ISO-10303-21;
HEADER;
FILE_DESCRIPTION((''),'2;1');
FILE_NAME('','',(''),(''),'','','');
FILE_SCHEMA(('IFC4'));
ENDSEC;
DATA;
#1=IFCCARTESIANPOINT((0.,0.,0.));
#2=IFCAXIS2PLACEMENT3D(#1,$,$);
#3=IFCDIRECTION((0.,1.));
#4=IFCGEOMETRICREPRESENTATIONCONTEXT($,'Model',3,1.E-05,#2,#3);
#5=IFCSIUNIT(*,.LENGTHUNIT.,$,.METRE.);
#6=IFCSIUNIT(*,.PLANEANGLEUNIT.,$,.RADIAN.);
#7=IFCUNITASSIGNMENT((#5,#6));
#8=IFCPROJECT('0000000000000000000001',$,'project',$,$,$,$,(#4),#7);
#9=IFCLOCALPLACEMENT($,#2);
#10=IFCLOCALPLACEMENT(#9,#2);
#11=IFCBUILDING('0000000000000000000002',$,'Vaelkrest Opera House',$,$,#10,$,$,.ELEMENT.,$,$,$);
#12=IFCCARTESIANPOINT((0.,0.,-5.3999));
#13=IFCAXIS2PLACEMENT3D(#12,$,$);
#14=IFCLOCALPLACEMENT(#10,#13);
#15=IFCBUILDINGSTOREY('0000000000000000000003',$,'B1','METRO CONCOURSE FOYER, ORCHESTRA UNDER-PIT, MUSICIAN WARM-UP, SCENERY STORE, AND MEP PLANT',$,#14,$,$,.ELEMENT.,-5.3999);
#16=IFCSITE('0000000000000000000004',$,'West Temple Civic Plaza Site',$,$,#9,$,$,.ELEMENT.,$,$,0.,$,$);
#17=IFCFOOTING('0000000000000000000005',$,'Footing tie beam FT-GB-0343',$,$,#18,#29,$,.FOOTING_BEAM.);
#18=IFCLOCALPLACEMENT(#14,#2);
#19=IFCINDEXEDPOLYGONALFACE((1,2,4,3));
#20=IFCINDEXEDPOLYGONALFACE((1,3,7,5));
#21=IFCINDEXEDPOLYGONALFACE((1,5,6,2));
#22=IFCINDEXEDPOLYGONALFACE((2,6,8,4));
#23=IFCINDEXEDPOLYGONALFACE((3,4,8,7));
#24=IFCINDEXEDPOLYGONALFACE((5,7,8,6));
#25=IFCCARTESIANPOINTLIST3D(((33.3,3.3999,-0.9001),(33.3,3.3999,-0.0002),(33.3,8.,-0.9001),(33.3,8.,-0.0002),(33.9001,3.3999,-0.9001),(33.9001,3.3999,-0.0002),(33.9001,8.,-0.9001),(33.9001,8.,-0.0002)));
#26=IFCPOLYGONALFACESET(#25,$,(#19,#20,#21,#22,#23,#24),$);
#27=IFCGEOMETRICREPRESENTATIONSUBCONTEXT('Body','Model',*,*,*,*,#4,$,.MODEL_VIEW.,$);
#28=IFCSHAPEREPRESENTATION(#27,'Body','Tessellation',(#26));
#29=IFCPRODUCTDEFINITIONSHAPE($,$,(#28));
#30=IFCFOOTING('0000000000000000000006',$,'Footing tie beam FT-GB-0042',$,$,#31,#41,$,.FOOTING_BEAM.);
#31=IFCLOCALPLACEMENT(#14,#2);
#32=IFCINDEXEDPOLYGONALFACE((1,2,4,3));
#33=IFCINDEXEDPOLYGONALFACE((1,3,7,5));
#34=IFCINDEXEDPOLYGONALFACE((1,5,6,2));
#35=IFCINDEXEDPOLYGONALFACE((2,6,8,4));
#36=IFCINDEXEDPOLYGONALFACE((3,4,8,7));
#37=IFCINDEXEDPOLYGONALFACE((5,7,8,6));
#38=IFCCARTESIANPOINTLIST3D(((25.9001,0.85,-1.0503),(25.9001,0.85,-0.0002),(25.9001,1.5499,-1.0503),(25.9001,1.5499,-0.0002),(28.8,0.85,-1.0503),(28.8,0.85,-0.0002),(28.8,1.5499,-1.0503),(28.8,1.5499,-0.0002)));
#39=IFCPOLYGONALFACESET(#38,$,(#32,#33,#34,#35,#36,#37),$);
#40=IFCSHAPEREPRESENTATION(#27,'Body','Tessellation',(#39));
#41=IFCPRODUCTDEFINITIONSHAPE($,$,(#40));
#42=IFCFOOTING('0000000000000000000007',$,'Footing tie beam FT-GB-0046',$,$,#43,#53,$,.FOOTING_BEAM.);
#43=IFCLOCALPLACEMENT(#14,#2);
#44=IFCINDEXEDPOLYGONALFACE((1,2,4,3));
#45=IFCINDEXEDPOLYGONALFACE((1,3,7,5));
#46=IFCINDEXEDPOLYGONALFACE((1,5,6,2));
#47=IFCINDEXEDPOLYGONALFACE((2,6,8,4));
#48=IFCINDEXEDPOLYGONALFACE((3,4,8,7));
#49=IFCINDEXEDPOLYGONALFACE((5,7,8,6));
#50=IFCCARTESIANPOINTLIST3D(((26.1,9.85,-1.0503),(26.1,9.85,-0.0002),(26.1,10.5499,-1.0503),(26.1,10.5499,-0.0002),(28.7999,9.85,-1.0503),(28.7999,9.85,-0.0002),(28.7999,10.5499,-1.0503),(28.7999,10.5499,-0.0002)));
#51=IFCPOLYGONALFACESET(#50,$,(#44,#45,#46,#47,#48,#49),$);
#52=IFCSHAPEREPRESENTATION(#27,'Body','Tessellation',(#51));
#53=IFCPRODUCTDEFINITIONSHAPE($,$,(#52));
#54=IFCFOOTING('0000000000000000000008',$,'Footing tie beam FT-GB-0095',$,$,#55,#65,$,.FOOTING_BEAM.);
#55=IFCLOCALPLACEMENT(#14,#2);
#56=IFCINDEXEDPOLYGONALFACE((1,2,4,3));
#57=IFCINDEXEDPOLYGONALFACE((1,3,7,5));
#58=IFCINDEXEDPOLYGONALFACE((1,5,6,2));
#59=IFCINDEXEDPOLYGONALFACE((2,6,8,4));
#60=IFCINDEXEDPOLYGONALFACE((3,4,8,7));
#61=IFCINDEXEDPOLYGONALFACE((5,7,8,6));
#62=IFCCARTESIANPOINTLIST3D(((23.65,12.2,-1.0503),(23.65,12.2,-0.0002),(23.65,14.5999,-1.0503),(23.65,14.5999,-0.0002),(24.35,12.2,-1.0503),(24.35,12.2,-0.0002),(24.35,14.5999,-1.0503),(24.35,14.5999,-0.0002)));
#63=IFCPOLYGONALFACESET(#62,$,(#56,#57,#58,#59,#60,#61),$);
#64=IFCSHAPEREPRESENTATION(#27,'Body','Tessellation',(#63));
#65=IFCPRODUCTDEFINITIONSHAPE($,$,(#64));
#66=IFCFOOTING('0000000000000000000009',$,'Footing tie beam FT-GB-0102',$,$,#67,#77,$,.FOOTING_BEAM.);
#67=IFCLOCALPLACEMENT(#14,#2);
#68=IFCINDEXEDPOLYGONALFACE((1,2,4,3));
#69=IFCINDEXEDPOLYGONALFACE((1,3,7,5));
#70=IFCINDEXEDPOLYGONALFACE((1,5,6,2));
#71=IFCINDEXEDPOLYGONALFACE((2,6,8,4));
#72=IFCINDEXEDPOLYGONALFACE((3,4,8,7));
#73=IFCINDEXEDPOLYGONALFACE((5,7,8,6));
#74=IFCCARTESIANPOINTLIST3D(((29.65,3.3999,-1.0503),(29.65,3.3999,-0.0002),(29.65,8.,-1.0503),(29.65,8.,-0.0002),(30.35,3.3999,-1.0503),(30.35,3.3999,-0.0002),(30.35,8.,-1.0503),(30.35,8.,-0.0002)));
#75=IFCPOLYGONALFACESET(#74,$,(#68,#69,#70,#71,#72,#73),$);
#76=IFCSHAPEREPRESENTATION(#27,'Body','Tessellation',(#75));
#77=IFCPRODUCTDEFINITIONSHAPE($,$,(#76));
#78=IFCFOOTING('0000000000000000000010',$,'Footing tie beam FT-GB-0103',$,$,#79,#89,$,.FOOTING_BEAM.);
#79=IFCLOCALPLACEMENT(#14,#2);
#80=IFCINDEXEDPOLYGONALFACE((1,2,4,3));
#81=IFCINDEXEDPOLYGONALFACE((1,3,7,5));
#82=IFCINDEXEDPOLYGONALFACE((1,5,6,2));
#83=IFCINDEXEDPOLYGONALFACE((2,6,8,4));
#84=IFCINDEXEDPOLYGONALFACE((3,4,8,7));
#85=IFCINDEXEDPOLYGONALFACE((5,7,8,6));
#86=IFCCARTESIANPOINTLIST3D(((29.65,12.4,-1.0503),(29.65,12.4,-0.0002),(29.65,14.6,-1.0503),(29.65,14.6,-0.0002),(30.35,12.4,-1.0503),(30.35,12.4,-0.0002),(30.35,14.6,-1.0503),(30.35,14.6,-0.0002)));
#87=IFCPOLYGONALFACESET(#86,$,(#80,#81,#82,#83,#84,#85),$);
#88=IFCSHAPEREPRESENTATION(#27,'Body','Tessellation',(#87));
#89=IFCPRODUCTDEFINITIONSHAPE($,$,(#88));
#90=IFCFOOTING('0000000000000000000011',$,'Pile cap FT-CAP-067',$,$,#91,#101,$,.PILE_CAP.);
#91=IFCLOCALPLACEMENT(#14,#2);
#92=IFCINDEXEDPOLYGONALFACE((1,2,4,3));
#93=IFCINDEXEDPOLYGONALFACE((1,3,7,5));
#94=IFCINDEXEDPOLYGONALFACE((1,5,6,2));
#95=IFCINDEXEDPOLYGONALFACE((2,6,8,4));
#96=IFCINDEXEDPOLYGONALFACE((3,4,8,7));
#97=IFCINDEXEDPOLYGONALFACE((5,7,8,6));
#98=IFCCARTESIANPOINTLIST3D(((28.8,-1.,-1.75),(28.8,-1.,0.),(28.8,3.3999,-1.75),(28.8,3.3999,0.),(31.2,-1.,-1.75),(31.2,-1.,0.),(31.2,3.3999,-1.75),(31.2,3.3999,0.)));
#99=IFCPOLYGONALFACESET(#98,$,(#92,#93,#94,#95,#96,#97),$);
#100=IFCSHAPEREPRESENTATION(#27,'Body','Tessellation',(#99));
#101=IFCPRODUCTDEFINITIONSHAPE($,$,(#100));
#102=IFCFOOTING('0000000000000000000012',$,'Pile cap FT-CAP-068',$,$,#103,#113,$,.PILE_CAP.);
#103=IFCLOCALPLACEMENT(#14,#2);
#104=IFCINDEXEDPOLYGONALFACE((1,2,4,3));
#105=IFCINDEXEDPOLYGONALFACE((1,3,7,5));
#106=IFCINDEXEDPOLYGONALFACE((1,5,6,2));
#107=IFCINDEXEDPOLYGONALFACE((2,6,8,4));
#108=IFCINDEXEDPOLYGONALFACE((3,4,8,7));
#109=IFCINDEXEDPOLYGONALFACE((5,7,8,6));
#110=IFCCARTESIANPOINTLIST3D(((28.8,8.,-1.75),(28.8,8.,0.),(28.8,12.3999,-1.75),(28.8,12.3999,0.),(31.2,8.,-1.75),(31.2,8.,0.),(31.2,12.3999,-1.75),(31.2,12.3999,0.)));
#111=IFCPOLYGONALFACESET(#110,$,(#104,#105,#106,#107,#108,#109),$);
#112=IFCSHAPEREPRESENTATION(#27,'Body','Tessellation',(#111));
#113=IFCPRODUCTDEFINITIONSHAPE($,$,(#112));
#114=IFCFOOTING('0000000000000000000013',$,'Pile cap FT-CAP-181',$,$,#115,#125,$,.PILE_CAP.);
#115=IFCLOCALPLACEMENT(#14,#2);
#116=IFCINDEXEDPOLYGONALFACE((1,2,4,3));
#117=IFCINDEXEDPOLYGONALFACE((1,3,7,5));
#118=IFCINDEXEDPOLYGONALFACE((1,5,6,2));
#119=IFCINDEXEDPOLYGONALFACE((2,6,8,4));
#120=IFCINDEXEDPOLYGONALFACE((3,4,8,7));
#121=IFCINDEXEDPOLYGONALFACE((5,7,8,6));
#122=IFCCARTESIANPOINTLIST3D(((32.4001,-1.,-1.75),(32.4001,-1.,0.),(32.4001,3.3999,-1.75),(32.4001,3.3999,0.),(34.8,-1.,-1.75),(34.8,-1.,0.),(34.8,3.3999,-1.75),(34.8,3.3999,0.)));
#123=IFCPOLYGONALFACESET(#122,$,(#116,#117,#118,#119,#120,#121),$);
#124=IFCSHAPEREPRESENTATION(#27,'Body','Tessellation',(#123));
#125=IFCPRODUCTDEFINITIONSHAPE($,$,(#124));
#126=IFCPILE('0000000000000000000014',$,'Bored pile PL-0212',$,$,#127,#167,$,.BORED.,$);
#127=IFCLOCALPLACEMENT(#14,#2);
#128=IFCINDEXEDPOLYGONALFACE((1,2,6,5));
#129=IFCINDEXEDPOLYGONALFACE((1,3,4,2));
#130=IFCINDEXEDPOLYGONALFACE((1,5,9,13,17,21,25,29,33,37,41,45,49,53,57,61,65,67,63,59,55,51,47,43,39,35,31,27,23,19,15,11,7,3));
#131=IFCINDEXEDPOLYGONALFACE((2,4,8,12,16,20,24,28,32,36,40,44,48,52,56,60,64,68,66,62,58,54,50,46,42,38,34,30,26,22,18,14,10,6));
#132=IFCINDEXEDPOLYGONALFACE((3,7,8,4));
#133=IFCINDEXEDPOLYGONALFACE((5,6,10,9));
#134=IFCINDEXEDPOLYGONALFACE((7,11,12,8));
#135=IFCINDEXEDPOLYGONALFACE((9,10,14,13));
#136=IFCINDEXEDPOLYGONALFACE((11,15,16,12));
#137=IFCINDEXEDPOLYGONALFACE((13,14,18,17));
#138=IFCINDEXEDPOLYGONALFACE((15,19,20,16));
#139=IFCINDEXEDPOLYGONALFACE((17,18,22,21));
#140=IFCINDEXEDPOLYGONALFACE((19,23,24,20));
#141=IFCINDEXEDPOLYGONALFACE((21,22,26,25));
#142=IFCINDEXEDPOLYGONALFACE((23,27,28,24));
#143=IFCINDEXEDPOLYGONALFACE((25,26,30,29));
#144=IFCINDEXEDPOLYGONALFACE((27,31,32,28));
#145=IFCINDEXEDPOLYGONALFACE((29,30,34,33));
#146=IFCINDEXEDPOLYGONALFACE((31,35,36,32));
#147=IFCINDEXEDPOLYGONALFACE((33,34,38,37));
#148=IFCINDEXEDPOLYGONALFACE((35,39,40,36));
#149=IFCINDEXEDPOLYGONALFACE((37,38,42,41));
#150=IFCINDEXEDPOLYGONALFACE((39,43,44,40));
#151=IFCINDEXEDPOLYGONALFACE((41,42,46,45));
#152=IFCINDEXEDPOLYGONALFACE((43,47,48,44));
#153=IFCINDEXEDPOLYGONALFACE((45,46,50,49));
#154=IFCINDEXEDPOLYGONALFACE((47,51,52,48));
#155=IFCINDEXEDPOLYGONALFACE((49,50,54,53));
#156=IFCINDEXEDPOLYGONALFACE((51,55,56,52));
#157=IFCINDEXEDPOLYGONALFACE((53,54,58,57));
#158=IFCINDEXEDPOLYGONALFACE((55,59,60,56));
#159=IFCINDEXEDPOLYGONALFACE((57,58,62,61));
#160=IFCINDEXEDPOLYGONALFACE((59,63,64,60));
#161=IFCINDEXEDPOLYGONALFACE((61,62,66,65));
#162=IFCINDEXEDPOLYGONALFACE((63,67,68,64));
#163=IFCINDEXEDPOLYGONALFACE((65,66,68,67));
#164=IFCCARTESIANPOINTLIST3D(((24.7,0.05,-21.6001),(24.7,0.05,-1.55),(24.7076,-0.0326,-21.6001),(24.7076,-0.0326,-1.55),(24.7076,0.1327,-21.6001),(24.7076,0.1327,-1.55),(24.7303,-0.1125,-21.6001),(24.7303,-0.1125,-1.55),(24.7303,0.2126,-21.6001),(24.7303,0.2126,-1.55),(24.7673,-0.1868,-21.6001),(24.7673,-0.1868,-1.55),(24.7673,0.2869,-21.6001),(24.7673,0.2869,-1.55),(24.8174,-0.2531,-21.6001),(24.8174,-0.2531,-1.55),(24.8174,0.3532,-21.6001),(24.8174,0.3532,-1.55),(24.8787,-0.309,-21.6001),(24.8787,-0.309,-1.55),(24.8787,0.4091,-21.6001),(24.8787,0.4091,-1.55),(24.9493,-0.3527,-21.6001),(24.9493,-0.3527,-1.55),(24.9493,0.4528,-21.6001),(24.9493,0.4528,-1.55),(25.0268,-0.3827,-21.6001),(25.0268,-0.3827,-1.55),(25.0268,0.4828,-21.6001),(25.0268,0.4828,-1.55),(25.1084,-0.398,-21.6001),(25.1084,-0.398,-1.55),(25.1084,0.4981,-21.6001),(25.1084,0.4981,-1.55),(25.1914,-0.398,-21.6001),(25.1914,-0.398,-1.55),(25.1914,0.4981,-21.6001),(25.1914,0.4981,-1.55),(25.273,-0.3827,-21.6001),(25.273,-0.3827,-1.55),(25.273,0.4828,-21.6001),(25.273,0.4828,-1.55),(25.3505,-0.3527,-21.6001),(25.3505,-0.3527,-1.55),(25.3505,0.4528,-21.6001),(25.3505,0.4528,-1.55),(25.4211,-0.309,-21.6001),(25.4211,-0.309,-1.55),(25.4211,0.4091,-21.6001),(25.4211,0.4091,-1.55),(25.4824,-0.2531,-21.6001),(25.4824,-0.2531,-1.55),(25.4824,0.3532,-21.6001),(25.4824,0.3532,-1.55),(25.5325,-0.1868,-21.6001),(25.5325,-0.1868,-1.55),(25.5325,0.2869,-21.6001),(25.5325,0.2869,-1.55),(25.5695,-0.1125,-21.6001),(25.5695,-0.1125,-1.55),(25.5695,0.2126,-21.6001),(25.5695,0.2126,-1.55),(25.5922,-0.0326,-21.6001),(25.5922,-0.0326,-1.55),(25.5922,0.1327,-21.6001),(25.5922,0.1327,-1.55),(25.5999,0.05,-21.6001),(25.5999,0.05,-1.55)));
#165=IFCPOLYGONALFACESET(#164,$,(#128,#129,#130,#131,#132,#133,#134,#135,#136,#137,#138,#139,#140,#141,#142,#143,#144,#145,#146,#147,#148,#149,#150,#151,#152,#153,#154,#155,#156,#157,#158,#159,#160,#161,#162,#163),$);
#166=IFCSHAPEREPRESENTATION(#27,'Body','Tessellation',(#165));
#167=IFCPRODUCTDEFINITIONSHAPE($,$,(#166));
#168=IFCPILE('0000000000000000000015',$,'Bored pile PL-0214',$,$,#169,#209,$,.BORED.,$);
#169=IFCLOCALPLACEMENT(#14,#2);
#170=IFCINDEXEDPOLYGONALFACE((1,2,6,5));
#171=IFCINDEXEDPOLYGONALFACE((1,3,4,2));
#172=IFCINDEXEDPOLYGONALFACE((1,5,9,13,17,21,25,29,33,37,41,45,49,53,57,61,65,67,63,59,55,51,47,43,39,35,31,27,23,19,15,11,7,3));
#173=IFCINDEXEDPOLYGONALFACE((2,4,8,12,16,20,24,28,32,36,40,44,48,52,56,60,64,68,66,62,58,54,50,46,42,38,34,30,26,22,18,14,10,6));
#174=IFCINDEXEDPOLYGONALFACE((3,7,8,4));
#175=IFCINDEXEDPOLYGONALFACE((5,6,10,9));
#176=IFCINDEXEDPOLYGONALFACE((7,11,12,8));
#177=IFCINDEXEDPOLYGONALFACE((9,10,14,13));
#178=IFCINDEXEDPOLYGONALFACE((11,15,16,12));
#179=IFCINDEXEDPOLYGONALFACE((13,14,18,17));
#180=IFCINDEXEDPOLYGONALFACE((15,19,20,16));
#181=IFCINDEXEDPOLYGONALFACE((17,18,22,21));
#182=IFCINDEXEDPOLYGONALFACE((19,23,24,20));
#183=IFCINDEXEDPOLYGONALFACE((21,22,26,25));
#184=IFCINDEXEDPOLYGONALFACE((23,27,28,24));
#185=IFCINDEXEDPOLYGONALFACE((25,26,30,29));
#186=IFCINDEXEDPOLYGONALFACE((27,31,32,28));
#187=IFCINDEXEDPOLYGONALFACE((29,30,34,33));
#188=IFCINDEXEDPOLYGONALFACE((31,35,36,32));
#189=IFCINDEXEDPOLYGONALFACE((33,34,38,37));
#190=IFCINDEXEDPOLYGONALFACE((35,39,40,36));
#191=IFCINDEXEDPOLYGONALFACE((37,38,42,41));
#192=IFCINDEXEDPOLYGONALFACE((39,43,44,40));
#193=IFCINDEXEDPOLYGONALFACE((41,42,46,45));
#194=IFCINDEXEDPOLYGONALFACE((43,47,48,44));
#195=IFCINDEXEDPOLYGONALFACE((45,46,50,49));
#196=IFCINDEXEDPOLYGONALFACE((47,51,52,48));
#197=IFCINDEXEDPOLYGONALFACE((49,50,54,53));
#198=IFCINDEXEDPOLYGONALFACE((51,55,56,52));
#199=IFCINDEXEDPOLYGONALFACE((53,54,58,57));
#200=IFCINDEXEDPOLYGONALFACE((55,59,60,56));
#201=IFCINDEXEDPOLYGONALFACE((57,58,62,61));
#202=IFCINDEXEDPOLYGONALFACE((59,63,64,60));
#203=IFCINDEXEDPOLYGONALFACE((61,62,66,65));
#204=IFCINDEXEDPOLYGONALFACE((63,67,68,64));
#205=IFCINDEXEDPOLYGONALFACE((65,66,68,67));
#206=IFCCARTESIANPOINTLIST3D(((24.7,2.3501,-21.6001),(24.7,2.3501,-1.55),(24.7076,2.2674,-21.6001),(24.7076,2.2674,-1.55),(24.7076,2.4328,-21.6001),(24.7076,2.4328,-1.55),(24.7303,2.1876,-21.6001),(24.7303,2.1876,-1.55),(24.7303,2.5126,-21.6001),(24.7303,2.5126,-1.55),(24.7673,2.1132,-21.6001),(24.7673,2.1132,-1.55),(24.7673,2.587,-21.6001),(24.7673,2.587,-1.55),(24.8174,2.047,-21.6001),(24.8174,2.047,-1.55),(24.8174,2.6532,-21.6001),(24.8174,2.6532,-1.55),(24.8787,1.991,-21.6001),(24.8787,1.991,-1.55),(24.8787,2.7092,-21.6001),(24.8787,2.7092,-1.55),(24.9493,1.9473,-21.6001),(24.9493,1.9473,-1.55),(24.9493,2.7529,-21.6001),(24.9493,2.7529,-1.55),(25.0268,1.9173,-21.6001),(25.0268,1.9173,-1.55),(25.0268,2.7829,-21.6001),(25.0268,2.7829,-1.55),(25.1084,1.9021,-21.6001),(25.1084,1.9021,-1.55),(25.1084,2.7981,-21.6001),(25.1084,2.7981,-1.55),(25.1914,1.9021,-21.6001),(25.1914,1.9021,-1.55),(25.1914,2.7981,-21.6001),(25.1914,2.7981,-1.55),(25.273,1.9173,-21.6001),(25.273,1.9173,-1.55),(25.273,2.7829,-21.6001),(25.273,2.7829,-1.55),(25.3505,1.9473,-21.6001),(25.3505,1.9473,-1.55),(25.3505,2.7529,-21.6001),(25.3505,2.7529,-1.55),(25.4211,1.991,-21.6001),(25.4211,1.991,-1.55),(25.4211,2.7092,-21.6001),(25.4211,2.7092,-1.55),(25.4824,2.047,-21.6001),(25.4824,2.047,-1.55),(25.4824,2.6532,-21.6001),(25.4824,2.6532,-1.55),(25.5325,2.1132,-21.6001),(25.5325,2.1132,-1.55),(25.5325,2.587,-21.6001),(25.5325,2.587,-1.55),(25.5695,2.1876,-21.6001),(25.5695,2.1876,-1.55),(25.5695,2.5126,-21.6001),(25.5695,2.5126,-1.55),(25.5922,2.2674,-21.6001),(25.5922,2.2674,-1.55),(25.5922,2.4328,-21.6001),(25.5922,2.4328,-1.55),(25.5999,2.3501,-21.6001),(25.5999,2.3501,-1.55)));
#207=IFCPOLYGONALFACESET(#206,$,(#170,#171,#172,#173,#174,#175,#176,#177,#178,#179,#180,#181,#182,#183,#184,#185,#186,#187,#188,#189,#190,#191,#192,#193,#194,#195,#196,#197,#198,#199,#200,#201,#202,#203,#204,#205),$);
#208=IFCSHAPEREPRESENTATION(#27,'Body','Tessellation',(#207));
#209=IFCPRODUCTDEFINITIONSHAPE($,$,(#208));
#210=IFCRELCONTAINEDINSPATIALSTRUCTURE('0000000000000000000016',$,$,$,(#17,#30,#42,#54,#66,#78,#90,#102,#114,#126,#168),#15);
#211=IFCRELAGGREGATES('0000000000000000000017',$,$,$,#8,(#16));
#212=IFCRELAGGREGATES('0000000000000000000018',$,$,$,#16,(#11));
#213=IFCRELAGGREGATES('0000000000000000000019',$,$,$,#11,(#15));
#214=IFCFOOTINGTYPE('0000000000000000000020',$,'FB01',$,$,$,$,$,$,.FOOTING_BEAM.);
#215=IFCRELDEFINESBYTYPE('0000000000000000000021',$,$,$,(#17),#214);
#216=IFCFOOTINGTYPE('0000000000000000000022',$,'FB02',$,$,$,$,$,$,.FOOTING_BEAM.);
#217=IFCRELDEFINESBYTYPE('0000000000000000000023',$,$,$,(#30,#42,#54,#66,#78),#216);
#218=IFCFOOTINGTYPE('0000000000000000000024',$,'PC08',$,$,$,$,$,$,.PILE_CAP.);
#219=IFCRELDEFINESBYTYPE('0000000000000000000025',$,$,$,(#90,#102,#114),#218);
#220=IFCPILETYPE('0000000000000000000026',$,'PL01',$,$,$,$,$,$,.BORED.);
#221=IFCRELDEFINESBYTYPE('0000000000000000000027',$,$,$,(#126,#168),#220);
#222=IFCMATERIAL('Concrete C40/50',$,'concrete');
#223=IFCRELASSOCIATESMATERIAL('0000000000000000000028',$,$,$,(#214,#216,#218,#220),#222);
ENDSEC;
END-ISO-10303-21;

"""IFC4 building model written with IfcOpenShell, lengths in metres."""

from ifc_helpers import new_model, si_unit, direction, frame, origin, origin_2d, place, context, subcontext, project, spatial, rectangle, circle, extrude, material, material_profile, profile_set, type_object, element, save


model = new_model("IFC4")

# Units and contexts
model_context = context("Model", 3, precision=1e-05, world=origin(), true_north=direction((0.0, 1.0)))
body_context = subcontext(model_context, "Body", "Model", "MODEL_VIEW")
ifc_project = project(units=[si_unit("LENGTHUNIT", "METRE"), si_unit("PLANEANGLEUNIT", "RADIAN")], contexts=[model_context])

# Site, building, storey
site_placement = place(None, origin())
site = spatial("IfcSite", under=ifc_project, at=site_placement, Name="West Temple Civic Plaza Site", CompositionType="ELEMENT", RefElevation=0.0)
building_placement = place(site_placement, origin())
building = spatial("IfcBuilding", under=site, at=building_placement, Name="Vaelkrest Opera House", CompositionType="ELEMENT")
storey_placement = place(building_placement, frame((0.0, 0.0, -5.3999)))
storey = spatial("IfcBuildingStorey", under=building, at=storey_placement, Name="B1", Description="METRO CONCOURSE FOYER, ORCHESTRA UNDER-PIT, MUSICIAN WARM-UP, SCENERY STORE, AND MEP PLANT", CompositionType="ELEMENT", Elevation=-5.3999)

# Footings
ifc_material_1 = material(Name="Concrete C40/50", Category="concrete")
footing_type_1 = type_object("IfcFootingType", Name="FB01", PredefinedType="FOOTING_BEAM", material=ifc_material_1)
footing_1_placement = place(storey_placement, frame((33.6001, 5.7, -0.9001), z_axis=(0.0, 0.0, 1.0), x_axis=(0.0, 1.0, 0.0)))
element("IfcFooting", 1, at=footing_1_placement, inside=storey, type_object=footing_type_1, Name="Footing tie beam FT-GB-0343", PredefinedType="FOOTING_BEAM", context=body_context, shape_type="SweptSolid", body=[
    extrude(rectangle(XDim=4.6001, YDim=0.6001, at=origin_2d()), origin(), (0.0, 0.0, 1.0), 0.8999),
])
footing_type_2 = type_object("IfcFootingType", Name="FB02", PredefinedType="FOOTING_BEAM", material=ifc_material_1)
footing_2_placement = place(storey_placement, frame((27.3501, 1.2, -1.0503), z_axis=(0.0, 0.0, 1.0), x_axis=(1.0, 0.0, 0.0)))
element("IfcFooting", 2, at=footing_2_placement, inside=storey, type_object=footing_type_2, Name="Footing tie beam FT-GB-0042", PredefinedType="FOOTING_BEAM", context=body_context, shape_type="SweptSolid", body=[
    extrude(rectangle(XDim=2.8999, YDim=0.7, at=origin_2d()), origin(), (0.0, 0.0, 1.0), 1.05),
])
footing_3_placement = place(storey_placement, frame((27.45, 10.2, -1.0503), z_axis=(0.0, 0.0, 1.0), x_axis=(1.0, 0.0, 0.0)))
element("IfcFooting", 3, at=footing_3_placement, inside=storey, type_object=footing_type_2, Name="Footing tie beam FT-GB-0046", PredefinedType="FOOTING_BEAM", context=body_context, shape_type="SweptSolid", body=[
    extrude(rectangle(XDim=2.7, YDim=0.7, at=origin_2d()), origin(), (0.0, 0.0, 1.0), 1.05),
])
footing_4_placement = place(storey_placement, frame((24.0, 13.3999, -1.0503), z_axis=(0.0, 0.0, 1.0), x_axis=(0.0, 1.0, 0.0)))
element("IfcFooting", 4, at=footing_4_placement, inside=storey, type_object=footing_type_2, Name="Footing tie beam FT-GB-0095", PredefinedType="FOOTING_BEAM", context=body_context, shape_type="SweptSolid", body=[
    extrude(rectangle(XDim=2.3999, YDim=0.7, at=origin_2d()), origin(), (0.0, 0.0, 1.0), 1.05),
])
footing_5_placement = place(storey_placement, frame((30.0, 5.7, -1.0503), z_axis=(0.0, 0.0, 1.0), x_axis=(0.0, 1.0, 0.0)))
element("IfcFooting", 5, at=footing_5_placement, inside=storey, type_object=footing_type_2, Name="Footing tie beam FT-GB-0102", PredefinedType="FOOTING_BEAM", context=body_context, shape_type="SweptSolid", body=[
    extrude(rectangle(XDim=4.6001, YDim=0.7, at=origin_2d()), origin(), (0.0, 0.0, 1.0), 1.05),
])
footing_6_placement = place(storey_placement, frame((30.0, 13.5, -1.0503), z_axis=(0.0, 0.0, 1.0), x_axis=(0.0, 1.0, 0.0)))
element("IfcFooting", 6, at=footing_6_placement, inside=storey, type_object=footing_type_2, Name="Footing tie beam FT-GB-0103", PredefinedType="FOOTING_BEAM", context=body_context, shape_type="SweptSolid", body=[
    extrude(rectangle(XDim=2.2, YDim=0.7, at=origin_2d()), origin(), (0.0, 0.0, 1.0), 1.05),
])
footing_type_3 = type_object("IfcFootingType", Name="PC08", PredefinedType="PILE_CAP", material=ifc_material_1)
for number, where, z_axis, x_axis, name in (
    (7, (30.0, 1.2, -1.75), (0.0, 0.0, 1.0), (1.0, 0.0, 0.0), "Pile cap FT-CAP-067"),
    (8, (30.0, 10.2, -1.75), (0.0, 0.0, 1.0), (1.0, 0.0, 0.0), "Pile cap FT-CAP-068"),
    (9, (33.6001, 1.2, -1.75), (0.0, 0.0, 1.0), (1.0, 0.0, 0.0), "Pile cap FT-CAP-181"),
):
    element("IfcFooting", number, at=place(storey_placement, frame(where, z_axis=z_axis, x_axis=x_axis)), inside=storey, type_object=footing_type_3, Name=name, PredefinedType="PILE_CAP", context=body_context, shape_type="SweptSolid", body=[
        extrude(rectangle(XDim=2.3999, YDim=4.3999, at=origin_2d()), origin(), (0.0, 0.0, 1.0), 1.75),
    ])

# Piles
ifc_material_profile_1 = material_profile(ifc_material_1, circle(Radius=0.45, at=origin_2d()), Name="PILE900")
ifc_profile_set_1 = profile_set([ifc_material_profile_1], Name="Concrete C40/50")
pile_type = type_object("IfcPileType", Name="PL01", PredefinedType="BORED", material=ifc_profile_set_1)
for number, where, z_axis, x_axis, name in (
    (10, (25.1499, 0.05, -1.55), (0.0, 0.0, -1.0), (1.0, 0.0, 0.0), "Bored pile PL-0212"),
    (11, (25.1499, 2.3501, -1.55), (0.0, 0.0, -1.0), (1.0, 0.0, 0.0), "Bored pile PL-0214"),
):
    element("IfcPile", number, at=place(storey_placement, frame(where, z_axis=z_axis, x_axis=x_axis)), inside=storey, type_object=pile_type, Name=name, PredefinedType="BORED", context=body_context, shape_type="SweptSolid", body=[
        extrude(circle(Radius=0.45, at=origin_2d()), origin(), (0.0, 0.0, 1.0), 20.05),
    ])

save(model, "model.ifc")
